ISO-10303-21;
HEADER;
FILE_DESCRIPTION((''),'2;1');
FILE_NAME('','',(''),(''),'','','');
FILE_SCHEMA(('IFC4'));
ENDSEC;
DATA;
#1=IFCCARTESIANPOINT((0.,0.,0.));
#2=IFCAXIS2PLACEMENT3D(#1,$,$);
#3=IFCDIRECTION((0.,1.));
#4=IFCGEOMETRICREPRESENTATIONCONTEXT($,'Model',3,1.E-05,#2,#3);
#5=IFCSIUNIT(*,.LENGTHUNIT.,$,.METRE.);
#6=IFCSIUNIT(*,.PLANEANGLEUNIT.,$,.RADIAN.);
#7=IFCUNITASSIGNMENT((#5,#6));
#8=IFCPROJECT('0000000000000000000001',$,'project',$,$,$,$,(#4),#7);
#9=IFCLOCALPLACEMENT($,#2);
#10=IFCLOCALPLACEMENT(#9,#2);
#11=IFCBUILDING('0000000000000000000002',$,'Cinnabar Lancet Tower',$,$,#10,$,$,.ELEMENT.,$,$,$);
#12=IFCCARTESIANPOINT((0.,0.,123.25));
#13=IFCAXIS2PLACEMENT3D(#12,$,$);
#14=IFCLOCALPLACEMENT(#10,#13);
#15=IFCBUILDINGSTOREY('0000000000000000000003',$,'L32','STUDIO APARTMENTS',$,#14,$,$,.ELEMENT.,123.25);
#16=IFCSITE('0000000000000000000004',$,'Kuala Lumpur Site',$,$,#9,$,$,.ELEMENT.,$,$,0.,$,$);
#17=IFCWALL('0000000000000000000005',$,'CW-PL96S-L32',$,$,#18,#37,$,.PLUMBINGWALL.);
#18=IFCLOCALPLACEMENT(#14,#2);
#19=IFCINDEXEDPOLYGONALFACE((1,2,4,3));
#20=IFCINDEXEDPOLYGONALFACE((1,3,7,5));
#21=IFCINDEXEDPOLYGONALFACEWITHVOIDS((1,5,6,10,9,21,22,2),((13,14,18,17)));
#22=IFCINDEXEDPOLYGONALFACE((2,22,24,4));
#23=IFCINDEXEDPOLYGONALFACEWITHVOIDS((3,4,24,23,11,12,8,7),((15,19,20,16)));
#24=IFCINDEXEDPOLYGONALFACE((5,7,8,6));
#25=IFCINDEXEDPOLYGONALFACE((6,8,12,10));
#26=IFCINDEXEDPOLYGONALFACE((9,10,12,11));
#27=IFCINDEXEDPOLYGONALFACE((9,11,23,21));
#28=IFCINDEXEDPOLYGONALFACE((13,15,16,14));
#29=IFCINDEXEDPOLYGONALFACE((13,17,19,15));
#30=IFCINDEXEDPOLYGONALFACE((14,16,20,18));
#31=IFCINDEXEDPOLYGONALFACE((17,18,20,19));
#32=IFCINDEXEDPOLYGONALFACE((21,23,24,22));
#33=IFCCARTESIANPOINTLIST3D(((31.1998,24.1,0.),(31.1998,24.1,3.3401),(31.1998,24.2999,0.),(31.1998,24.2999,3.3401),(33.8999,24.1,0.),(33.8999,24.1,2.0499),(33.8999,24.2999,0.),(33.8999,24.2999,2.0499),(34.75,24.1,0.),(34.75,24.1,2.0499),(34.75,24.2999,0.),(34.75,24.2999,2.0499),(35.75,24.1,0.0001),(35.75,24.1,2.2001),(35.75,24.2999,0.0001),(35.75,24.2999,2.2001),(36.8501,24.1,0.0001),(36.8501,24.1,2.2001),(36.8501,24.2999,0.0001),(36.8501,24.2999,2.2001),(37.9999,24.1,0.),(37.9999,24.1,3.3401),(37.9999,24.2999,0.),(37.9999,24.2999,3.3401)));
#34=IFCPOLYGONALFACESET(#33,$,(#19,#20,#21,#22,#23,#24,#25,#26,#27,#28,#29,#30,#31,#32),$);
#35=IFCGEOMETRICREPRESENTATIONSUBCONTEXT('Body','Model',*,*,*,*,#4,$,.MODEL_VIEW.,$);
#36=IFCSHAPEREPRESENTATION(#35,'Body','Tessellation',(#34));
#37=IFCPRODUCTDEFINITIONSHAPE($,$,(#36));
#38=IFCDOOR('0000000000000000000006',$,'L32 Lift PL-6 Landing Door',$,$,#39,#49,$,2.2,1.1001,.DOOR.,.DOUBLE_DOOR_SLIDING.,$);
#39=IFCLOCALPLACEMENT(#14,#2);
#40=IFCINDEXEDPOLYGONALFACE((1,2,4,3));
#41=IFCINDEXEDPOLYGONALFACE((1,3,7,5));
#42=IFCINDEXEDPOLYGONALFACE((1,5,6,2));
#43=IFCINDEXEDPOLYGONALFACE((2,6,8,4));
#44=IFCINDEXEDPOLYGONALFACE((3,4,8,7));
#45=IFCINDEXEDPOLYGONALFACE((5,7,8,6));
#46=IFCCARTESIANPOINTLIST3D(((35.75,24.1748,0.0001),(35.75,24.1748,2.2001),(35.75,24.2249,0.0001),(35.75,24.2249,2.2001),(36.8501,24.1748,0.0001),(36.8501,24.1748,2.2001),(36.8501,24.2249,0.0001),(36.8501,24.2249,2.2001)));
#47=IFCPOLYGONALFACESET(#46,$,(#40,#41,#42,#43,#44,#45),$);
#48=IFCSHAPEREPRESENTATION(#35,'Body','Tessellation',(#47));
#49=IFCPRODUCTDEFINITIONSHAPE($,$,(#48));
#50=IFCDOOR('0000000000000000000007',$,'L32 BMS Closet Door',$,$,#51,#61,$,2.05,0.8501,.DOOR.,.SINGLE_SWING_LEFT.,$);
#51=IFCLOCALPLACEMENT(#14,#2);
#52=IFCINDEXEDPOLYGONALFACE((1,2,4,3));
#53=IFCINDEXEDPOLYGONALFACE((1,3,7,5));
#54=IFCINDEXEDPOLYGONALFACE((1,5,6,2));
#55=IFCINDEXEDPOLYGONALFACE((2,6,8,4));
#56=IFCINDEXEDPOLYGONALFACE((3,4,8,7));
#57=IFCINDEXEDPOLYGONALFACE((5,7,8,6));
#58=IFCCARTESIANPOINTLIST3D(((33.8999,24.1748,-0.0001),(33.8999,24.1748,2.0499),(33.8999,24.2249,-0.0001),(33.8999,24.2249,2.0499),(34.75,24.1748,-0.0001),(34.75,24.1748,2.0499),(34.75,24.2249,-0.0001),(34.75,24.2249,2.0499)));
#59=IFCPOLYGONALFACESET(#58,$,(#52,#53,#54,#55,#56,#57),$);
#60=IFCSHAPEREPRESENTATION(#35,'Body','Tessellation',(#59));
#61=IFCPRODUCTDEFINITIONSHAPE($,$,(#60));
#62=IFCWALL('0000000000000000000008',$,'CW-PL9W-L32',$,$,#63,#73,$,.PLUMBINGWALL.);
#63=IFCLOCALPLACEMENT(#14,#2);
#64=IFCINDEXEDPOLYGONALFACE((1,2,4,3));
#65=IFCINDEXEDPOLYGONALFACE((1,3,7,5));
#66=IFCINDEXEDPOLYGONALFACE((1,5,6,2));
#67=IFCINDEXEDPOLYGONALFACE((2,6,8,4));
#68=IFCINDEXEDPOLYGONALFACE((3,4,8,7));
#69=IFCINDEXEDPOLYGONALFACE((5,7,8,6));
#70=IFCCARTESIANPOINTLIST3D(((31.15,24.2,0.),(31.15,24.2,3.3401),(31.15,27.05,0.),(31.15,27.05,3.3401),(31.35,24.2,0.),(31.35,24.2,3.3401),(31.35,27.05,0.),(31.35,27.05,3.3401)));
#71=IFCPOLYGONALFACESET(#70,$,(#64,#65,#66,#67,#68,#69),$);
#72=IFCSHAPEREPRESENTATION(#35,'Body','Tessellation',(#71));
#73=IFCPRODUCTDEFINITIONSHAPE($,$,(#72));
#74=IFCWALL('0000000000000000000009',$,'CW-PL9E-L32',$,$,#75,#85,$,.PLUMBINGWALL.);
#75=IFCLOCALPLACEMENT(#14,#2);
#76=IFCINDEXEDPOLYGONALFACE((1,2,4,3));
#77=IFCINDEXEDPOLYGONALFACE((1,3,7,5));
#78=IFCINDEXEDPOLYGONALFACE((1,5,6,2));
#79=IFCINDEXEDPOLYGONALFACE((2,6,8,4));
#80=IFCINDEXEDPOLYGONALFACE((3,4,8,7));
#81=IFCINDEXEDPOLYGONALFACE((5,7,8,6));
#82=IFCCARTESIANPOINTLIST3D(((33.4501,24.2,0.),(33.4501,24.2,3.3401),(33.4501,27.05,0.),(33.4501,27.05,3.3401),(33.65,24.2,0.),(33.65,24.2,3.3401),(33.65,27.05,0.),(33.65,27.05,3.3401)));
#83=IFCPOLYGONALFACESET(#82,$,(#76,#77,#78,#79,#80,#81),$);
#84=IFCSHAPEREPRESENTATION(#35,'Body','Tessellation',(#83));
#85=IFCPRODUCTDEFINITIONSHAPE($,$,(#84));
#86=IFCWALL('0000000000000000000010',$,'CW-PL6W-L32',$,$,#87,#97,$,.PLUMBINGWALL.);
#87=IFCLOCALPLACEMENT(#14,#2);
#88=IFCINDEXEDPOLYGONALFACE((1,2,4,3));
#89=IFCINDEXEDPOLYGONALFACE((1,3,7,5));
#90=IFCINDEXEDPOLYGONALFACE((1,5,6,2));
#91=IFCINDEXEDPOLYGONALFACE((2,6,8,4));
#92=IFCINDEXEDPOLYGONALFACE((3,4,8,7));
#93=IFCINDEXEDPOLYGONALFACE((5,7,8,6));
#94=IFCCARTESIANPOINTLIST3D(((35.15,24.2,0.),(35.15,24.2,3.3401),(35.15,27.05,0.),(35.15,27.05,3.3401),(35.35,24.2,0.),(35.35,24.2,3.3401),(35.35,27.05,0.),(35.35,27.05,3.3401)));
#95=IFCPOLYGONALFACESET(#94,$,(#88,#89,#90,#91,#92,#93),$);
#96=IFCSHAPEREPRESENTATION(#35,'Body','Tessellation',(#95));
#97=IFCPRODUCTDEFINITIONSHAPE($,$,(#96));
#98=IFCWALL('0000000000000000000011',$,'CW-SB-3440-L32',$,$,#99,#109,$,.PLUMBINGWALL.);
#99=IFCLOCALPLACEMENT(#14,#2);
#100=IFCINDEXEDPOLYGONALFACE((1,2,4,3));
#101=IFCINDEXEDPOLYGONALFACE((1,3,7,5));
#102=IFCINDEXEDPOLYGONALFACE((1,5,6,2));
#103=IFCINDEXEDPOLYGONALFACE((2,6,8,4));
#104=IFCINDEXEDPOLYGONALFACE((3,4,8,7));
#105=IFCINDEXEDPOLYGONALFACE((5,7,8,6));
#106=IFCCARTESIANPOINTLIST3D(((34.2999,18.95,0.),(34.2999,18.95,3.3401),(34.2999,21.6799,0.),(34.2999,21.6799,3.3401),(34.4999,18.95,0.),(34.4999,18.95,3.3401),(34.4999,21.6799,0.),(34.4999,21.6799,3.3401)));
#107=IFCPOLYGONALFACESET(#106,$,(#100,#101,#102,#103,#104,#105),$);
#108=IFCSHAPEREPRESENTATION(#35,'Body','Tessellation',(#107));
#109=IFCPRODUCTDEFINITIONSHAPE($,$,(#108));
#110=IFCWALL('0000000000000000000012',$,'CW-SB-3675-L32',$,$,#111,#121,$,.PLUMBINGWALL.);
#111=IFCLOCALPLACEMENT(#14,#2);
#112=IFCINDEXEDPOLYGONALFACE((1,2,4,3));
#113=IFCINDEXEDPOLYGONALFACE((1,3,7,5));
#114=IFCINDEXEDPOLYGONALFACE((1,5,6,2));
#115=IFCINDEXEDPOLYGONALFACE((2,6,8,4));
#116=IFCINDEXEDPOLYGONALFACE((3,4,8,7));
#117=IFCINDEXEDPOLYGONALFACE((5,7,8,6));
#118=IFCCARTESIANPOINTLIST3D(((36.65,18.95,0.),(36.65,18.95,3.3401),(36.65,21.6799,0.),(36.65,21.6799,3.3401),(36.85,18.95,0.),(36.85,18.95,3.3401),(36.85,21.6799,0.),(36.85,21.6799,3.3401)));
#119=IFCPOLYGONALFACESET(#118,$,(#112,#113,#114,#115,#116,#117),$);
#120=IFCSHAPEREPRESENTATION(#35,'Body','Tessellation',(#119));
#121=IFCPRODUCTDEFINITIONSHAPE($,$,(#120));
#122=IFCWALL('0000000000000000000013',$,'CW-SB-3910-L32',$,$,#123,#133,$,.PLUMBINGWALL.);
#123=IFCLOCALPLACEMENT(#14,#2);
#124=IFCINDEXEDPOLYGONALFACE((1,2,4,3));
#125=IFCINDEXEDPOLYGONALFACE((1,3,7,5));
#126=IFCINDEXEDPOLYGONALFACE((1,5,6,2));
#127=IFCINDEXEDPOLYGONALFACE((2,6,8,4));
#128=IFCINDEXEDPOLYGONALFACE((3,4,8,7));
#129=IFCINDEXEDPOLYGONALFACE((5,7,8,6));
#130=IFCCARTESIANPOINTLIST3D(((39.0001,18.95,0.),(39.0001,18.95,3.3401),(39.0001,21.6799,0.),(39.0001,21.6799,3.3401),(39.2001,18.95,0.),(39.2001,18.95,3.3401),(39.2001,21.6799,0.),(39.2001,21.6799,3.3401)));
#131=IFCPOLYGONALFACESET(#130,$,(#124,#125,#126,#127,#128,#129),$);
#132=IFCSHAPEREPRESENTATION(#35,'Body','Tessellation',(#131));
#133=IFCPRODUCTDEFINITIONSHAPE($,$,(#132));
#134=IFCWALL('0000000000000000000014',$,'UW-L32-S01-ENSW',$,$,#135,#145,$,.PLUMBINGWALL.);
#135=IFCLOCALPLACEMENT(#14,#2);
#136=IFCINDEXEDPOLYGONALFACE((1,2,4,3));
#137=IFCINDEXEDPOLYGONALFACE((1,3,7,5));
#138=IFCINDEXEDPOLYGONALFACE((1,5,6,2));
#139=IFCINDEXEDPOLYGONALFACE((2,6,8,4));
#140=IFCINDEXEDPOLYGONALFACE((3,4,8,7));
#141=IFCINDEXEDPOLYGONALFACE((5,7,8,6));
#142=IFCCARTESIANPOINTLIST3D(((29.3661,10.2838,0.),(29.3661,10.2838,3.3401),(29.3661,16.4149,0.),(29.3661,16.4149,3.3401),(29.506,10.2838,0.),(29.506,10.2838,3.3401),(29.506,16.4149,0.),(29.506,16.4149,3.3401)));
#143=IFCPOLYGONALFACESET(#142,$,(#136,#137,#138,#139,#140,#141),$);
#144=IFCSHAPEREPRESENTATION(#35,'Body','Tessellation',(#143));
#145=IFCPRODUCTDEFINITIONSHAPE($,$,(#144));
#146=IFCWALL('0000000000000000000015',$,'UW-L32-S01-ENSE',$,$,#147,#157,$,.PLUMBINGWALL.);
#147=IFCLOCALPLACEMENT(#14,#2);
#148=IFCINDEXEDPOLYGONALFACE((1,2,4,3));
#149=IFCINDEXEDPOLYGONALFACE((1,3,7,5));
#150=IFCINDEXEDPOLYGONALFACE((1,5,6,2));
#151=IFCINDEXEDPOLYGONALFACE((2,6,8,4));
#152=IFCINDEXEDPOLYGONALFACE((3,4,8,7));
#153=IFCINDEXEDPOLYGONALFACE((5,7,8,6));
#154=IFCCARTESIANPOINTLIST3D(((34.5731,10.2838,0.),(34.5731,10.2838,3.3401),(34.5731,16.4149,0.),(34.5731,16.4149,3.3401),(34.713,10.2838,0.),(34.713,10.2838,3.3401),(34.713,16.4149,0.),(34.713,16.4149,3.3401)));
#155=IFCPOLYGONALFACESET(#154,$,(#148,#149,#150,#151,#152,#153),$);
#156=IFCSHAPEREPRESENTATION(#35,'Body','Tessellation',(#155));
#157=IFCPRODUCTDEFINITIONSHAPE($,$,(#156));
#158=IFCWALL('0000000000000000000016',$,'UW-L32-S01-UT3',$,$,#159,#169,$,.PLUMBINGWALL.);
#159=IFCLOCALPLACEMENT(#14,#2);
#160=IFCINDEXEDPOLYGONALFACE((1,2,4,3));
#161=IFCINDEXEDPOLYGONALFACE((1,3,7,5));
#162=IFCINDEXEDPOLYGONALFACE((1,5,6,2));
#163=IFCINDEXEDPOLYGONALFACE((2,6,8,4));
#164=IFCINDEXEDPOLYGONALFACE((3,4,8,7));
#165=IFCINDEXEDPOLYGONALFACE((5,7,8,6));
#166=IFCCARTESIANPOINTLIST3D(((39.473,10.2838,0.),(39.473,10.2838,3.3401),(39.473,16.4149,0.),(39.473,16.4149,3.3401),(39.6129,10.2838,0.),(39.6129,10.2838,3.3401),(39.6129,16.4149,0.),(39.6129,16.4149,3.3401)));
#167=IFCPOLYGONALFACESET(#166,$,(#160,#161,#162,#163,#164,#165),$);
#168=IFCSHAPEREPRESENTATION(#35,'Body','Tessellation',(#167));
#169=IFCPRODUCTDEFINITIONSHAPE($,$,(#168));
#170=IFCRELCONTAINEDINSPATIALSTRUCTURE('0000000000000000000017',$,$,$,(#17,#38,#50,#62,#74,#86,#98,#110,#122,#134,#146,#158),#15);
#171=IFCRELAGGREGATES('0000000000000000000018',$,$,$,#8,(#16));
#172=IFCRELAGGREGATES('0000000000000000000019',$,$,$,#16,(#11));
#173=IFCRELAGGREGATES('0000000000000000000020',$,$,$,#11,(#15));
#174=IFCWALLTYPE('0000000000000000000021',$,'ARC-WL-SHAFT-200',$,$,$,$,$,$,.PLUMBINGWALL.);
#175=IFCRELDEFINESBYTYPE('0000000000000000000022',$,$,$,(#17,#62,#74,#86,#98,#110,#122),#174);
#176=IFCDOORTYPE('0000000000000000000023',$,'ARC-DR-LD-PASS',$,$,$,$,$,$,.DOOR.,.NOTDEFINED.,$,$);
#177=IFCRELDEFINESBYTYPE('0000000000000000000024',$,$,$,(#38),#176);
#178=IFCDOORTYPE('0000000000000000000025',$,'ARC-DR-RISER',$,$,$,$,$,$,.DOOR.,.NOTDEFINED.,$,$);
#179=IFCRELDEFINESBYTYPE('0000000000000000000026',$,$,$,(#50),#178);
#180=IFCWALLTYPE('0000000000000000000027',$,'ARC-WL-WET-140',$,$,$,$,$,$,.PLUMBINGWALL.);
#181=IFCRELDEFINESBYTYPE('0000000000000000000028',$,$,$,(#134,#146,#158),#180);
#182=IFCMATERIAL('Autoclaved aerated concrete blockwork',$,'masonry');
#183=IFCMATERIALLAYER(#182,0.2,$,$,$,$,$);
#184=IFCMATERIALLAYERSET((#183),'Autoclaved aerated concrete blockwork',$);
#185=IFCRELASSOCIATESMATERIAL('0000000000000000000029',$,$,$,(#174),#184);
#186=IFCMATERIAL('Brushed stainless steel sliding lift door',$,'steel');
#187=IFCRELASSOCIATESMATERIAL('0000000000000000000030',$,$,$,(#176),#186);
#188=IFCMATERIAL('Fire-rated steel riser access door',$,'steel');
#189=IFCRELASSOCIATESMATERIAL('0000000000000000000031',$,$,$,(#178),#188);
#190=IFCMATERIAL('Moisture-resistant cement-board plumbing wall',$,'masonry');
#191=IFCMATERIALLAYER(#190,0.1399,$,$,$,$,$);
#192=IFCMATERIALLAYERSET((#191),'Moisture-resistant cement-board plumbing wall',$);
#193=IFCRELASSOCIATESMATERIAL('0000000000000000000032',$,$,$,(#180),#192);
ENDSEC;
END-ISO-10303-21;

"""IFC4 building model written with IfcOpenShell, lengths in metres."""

from ifc_helpers import new_model, si_unit, direction, frame, frame_2d, origin, place, context, subcontext, project, spatial, rectangle, extrude, material, layer, layer_set, type_object, element, fill, save


model = new_model("IFC4")

# Units and contexts
model_context = context("Model", 3, precision=1e-05, world=origin(), true_north=direction((0.0, 1.0)))
body_context = subcontext(model_context, "Body", "Model", "MODEL_VIEW")
ifc_project = project(units=[si_unit("LENGTHUNIT", "METRE"), si_unit("PLANEANGLEUNIT", "RADIAN")], contexts=[model_context])

# Site, building, storey
site_placement = place(None, origin())
site = spatial("IfcSite", under=ifc_project, at=site_placement, Name="Kuala Lumpur Site", CompositionType="ELEMENT", RefElevation=0.0)
building_placement = place(site_placement, origin())
building = spatial("IfcBuilding", under=site, at=building_placement, Name="Cinnabar Lancet Tower", CompositionType="ELEMENT")
storey_placement = place(building_placement, frame((0.0, 0.0, 123.25)))
storey = spatial("IfcBuildingStorey", under=building, at=storey_placement, Name="L32", Description="STUDIO APARTMENTS", CompositionType="ELEMENT", Elevation=123.25)

# Shared definitions
ifc_material_1 = material(Name="Autoclaved aerated concrete blockwork", Category="masonry")
ifc_layer_1 = layer(ifc_material_1, 0.2)
ifc_layer_set_1 = layer_set([ifc_layer_1], Name="Autoclaved aerated concrete blockwork")
wall_type_1 = type_object("IfcWallType", Name="ARC-WL-SHAFT-200", PredefinedType="PLUMBINGWALL", material=ifc_layer_set_1)

# Wall, openings, doors
wall_1_placement = place(storey_placement, frame((31.2, 24.2, 0.0), z_axis=(0.0, 0.0, 1.0), x_axis=(1.0, 0.0, 0.0)))
wall_1 = element("IfcWall", 1, at=wall_1_placement, inside=storey, type_object=wall_type_1, Name="CW-PL96S-L32", PredefinedType="PLUMBINGWALL", context=body_context, shape_type="SweptSolid", body=[
    extrude(rectangle(XDim=6.8, YDim=0.2, at=frame_2d((3.3999, 0.0))), origin(), (0.0, 0.0, 1.0), 3.3401),
])
opening_1_placement = place(wall_1_placement, frame((2.7, 0.0, 0.0)))
opening_1 = element("IfcOpeningElement", 2, at=opening_1_placement, cuts=wall_1, PredefinedType="OPENING", context=body_context, shape_type="SweptSolid", body=[
    extrude(rectangle(XDim=0.8501, YDim=2.05, at=frame_2d((0.425, 1.0249))), frame((0.0, 0.1099, 0.0), z_axis=(0.0, -1.0, 0.0), x_axis=(1.0, 0.0, 0.0)), (0.0, 0.0, 1.0), 0.22),
])
opening_2_placement = place(wall_1_placement, frame((4.55, 0.0, 0.0)))
opening_2 = element("IfcOpeningElement", 3, at=opening_2_placement, cuts=wall_1, PredefinedType="OPENING", context=body_context, shape_type="SweptSolid", body=[
    extrude(rectangle(XDim=1.1001, YDim=2.2, at=frame_2d((0.55, 1.1001))), frame((0.0, 0.1099, 0.0), z_axis=(0.0, -1.0, 0.0), x_axis=(1.0, 0.0, 0.0)), (0.0, 0.0, 1.0), 0.22),
])
ifc_material_2 = material(Name="Brushed stainless steel sliding lift door", Category="steel")
door_type_1 = type_object("IfcDoorType", Name="ARC-DR-LD-PASS", OperationType="NOTDEFINED", PredefinedType="DOOR", material=ifc_material_2)
door_1_placement = place(opening_2_placement, origin())
door_1 = element("IfcDoor", 4, at=door_1_placement, inside=storey, type_object=door_type_1, Name="L32 Lift PL-6 Landing Door", OperationType="DOUBLE_DOOR_SLIDING", OverallHeight=2.2, OverallWidth=1.1001, PredefinedType="DOOR", context=body_context, shape_type="SweptSolid", body=[
    extrude(rectangle(XDim=1.1001, YDim=2.2, at=frame_2d((0.55, 1.1001))), frame((0.0, 0.0249, 0.0), z_axis=(0.0, -1.0, 0.0), x_axis=(1.0, 0.0, 0.0)), (0.0, 0.0, 1.0), 0.05),
])
fill(opening_2, door_1)
ifc_material_3 = material(Name="Fire-rated steel riser access door", Category="steel")
door_type_2 = type_object("IfcDoorType", Name="ARC-DR-RISER", OperationType="NOTDEFINED", PredefinedType="DOOR", material=ifc_material_3)
door_2_placement = place(opening_1_placement, origin())
door_2 = element("IfcDoor", 5, at=door_2_placement, inside=storey, type_object=door_type_2, Name="L32 BMS Closet Door", OperationType="SINGLE_SWING_LEFT", OverallHeight=2.05, OverallWidth=0.8501, PredefinedType="DOOR", context=body_context, shape_type="SweptSolid", body=[
    extrude(rectangle(XDim=0.8501, YDim=2.05, at=frame_2d((0.425, 1.0249))), frame((0.0, 0.0249, 0.0), z_axis=(0.0, -1.0, 0.0), x_axis=(1.0, 0.0, 0.0)), (0.0, 0.0, 1.0), 0.05),
])
fill(opening_1, door_2)

# Walls
for number, where, z_axis, x_axis, name in (
    (6, (31.25, 24.2, 0.0), (0.0, 0.0, 1.0), (0.0, 1.0, 0.0), "CW-PL9W-L32"),
    (7, (33.55, 24.2, 0.0), (0.0, 0.0, 1.0), (0.0, 1.0, 0.0), "CW-PL9E-L32"),
    (8, (35.25, 24.2, 0.0), (0.0, 0.0, 1.0), (0.0, 1.0, 0.0), "CW-PL6W-L32"),
):
    element("IfcWall", number, at=place(storey_placement, frame(where, z_axis=z_axis, x_axis=x_axis)), inside=storey, type_object=wall_type_1, Name=name, PredefinedType="PLUMBINGWALL", context=body_context, shape_type="SweptSolid", body=[
        extrude(rectangle(XDim=2.8501, YDim=0.2, at=frame_2d((1.425, 0.0))), origin(), (0.0, 0.0, 1.0), 3.3401),
    ])
for number, where, z_axis, x_axis, name in (
    (9, (34.3999, 18.95, 0.0), (0.0, 0.0, 1.0), (0.0, 1.0, 0.0), "CW-SB-3440-L32"),
    (10, (36.75, 18.95, 0.0), (0.0, 0.0, 1.0), (0.0, 1.0, 0.0), "CW-SB-3675-L32"),
    (11, (39.1001, 18.95, 0.0), (0.0, 0.0, 1.0), (0.0, 1.0, 0.0), "CW-SB-3910-L32"),
):
    element("IfcWall", number, at=place(storey_placement, frame(where, z_axis=z_axis, x_axis=x_axis)), inside=storey, type_object=wall_type_1, Name=name, PredefinedType="PLUMBINGWALL", context=body_context, shape_type="SweptSolid", body=[
        extrude(rectangle(XDim=2.73, YDim=0.2, at=frame_2d((1.365, 0.0))), origin(), (0.0, 0.0, 1.0), 3.3401),
    ])
ifc_material_4 = material(Name="Moisture-resistant cement-board plumbing wall", Category="masonry")
ifc_layer_2 = layer(ifc_material_4, 0.1399)
ifc_layer_set_2 = layer_set([ifc_layer_2], Name="Moisture-resistant cement-board plumbing wall")
wall_type_2 = type_object("IfcWallType", Name="ARC-WL-WET-140", PredefinedType="PLUMBINGWALL", material=ifc_layer_set_2)
for number, where, z_axis, x_axis, name in (
    (12, (29.436, 10.2839, 0.0), (0.0, 0.0, 1.0), (0.0, 1.0, 0.0), "UW-L32-S01-ENSW"),
    (13, (34.6431, 10.2839, 0.0), (0.0, 0.0, 1.0), (0.0, 1.0, 0.0), "UW-L32-S01-ENSE"),
    (14, (39.543, 10.2839, 0.0), (0.0, 0.0, 1.0), (0.0, 1.0, 0.0), "UW-L32-S01-UT3"),
):
    element("IfcWall", number, at=place(storey_placement, frame(where, z_axis=z_axis, x_axis=x_axis)), inside=storey, type_object=wall_type_2, Name=name, PredefinedType="PLUMBINGWALL", context=body_context, shape_type="SweptSolid", body=[
        extrude(rectangle(XDim=6.1311, YDim=0.1399, at=frame_2d((3.0654, 0.0))), origin(), (0.0, 0.0, 1.0), 3.3401),
    ])

save(model, "model.ifc")
